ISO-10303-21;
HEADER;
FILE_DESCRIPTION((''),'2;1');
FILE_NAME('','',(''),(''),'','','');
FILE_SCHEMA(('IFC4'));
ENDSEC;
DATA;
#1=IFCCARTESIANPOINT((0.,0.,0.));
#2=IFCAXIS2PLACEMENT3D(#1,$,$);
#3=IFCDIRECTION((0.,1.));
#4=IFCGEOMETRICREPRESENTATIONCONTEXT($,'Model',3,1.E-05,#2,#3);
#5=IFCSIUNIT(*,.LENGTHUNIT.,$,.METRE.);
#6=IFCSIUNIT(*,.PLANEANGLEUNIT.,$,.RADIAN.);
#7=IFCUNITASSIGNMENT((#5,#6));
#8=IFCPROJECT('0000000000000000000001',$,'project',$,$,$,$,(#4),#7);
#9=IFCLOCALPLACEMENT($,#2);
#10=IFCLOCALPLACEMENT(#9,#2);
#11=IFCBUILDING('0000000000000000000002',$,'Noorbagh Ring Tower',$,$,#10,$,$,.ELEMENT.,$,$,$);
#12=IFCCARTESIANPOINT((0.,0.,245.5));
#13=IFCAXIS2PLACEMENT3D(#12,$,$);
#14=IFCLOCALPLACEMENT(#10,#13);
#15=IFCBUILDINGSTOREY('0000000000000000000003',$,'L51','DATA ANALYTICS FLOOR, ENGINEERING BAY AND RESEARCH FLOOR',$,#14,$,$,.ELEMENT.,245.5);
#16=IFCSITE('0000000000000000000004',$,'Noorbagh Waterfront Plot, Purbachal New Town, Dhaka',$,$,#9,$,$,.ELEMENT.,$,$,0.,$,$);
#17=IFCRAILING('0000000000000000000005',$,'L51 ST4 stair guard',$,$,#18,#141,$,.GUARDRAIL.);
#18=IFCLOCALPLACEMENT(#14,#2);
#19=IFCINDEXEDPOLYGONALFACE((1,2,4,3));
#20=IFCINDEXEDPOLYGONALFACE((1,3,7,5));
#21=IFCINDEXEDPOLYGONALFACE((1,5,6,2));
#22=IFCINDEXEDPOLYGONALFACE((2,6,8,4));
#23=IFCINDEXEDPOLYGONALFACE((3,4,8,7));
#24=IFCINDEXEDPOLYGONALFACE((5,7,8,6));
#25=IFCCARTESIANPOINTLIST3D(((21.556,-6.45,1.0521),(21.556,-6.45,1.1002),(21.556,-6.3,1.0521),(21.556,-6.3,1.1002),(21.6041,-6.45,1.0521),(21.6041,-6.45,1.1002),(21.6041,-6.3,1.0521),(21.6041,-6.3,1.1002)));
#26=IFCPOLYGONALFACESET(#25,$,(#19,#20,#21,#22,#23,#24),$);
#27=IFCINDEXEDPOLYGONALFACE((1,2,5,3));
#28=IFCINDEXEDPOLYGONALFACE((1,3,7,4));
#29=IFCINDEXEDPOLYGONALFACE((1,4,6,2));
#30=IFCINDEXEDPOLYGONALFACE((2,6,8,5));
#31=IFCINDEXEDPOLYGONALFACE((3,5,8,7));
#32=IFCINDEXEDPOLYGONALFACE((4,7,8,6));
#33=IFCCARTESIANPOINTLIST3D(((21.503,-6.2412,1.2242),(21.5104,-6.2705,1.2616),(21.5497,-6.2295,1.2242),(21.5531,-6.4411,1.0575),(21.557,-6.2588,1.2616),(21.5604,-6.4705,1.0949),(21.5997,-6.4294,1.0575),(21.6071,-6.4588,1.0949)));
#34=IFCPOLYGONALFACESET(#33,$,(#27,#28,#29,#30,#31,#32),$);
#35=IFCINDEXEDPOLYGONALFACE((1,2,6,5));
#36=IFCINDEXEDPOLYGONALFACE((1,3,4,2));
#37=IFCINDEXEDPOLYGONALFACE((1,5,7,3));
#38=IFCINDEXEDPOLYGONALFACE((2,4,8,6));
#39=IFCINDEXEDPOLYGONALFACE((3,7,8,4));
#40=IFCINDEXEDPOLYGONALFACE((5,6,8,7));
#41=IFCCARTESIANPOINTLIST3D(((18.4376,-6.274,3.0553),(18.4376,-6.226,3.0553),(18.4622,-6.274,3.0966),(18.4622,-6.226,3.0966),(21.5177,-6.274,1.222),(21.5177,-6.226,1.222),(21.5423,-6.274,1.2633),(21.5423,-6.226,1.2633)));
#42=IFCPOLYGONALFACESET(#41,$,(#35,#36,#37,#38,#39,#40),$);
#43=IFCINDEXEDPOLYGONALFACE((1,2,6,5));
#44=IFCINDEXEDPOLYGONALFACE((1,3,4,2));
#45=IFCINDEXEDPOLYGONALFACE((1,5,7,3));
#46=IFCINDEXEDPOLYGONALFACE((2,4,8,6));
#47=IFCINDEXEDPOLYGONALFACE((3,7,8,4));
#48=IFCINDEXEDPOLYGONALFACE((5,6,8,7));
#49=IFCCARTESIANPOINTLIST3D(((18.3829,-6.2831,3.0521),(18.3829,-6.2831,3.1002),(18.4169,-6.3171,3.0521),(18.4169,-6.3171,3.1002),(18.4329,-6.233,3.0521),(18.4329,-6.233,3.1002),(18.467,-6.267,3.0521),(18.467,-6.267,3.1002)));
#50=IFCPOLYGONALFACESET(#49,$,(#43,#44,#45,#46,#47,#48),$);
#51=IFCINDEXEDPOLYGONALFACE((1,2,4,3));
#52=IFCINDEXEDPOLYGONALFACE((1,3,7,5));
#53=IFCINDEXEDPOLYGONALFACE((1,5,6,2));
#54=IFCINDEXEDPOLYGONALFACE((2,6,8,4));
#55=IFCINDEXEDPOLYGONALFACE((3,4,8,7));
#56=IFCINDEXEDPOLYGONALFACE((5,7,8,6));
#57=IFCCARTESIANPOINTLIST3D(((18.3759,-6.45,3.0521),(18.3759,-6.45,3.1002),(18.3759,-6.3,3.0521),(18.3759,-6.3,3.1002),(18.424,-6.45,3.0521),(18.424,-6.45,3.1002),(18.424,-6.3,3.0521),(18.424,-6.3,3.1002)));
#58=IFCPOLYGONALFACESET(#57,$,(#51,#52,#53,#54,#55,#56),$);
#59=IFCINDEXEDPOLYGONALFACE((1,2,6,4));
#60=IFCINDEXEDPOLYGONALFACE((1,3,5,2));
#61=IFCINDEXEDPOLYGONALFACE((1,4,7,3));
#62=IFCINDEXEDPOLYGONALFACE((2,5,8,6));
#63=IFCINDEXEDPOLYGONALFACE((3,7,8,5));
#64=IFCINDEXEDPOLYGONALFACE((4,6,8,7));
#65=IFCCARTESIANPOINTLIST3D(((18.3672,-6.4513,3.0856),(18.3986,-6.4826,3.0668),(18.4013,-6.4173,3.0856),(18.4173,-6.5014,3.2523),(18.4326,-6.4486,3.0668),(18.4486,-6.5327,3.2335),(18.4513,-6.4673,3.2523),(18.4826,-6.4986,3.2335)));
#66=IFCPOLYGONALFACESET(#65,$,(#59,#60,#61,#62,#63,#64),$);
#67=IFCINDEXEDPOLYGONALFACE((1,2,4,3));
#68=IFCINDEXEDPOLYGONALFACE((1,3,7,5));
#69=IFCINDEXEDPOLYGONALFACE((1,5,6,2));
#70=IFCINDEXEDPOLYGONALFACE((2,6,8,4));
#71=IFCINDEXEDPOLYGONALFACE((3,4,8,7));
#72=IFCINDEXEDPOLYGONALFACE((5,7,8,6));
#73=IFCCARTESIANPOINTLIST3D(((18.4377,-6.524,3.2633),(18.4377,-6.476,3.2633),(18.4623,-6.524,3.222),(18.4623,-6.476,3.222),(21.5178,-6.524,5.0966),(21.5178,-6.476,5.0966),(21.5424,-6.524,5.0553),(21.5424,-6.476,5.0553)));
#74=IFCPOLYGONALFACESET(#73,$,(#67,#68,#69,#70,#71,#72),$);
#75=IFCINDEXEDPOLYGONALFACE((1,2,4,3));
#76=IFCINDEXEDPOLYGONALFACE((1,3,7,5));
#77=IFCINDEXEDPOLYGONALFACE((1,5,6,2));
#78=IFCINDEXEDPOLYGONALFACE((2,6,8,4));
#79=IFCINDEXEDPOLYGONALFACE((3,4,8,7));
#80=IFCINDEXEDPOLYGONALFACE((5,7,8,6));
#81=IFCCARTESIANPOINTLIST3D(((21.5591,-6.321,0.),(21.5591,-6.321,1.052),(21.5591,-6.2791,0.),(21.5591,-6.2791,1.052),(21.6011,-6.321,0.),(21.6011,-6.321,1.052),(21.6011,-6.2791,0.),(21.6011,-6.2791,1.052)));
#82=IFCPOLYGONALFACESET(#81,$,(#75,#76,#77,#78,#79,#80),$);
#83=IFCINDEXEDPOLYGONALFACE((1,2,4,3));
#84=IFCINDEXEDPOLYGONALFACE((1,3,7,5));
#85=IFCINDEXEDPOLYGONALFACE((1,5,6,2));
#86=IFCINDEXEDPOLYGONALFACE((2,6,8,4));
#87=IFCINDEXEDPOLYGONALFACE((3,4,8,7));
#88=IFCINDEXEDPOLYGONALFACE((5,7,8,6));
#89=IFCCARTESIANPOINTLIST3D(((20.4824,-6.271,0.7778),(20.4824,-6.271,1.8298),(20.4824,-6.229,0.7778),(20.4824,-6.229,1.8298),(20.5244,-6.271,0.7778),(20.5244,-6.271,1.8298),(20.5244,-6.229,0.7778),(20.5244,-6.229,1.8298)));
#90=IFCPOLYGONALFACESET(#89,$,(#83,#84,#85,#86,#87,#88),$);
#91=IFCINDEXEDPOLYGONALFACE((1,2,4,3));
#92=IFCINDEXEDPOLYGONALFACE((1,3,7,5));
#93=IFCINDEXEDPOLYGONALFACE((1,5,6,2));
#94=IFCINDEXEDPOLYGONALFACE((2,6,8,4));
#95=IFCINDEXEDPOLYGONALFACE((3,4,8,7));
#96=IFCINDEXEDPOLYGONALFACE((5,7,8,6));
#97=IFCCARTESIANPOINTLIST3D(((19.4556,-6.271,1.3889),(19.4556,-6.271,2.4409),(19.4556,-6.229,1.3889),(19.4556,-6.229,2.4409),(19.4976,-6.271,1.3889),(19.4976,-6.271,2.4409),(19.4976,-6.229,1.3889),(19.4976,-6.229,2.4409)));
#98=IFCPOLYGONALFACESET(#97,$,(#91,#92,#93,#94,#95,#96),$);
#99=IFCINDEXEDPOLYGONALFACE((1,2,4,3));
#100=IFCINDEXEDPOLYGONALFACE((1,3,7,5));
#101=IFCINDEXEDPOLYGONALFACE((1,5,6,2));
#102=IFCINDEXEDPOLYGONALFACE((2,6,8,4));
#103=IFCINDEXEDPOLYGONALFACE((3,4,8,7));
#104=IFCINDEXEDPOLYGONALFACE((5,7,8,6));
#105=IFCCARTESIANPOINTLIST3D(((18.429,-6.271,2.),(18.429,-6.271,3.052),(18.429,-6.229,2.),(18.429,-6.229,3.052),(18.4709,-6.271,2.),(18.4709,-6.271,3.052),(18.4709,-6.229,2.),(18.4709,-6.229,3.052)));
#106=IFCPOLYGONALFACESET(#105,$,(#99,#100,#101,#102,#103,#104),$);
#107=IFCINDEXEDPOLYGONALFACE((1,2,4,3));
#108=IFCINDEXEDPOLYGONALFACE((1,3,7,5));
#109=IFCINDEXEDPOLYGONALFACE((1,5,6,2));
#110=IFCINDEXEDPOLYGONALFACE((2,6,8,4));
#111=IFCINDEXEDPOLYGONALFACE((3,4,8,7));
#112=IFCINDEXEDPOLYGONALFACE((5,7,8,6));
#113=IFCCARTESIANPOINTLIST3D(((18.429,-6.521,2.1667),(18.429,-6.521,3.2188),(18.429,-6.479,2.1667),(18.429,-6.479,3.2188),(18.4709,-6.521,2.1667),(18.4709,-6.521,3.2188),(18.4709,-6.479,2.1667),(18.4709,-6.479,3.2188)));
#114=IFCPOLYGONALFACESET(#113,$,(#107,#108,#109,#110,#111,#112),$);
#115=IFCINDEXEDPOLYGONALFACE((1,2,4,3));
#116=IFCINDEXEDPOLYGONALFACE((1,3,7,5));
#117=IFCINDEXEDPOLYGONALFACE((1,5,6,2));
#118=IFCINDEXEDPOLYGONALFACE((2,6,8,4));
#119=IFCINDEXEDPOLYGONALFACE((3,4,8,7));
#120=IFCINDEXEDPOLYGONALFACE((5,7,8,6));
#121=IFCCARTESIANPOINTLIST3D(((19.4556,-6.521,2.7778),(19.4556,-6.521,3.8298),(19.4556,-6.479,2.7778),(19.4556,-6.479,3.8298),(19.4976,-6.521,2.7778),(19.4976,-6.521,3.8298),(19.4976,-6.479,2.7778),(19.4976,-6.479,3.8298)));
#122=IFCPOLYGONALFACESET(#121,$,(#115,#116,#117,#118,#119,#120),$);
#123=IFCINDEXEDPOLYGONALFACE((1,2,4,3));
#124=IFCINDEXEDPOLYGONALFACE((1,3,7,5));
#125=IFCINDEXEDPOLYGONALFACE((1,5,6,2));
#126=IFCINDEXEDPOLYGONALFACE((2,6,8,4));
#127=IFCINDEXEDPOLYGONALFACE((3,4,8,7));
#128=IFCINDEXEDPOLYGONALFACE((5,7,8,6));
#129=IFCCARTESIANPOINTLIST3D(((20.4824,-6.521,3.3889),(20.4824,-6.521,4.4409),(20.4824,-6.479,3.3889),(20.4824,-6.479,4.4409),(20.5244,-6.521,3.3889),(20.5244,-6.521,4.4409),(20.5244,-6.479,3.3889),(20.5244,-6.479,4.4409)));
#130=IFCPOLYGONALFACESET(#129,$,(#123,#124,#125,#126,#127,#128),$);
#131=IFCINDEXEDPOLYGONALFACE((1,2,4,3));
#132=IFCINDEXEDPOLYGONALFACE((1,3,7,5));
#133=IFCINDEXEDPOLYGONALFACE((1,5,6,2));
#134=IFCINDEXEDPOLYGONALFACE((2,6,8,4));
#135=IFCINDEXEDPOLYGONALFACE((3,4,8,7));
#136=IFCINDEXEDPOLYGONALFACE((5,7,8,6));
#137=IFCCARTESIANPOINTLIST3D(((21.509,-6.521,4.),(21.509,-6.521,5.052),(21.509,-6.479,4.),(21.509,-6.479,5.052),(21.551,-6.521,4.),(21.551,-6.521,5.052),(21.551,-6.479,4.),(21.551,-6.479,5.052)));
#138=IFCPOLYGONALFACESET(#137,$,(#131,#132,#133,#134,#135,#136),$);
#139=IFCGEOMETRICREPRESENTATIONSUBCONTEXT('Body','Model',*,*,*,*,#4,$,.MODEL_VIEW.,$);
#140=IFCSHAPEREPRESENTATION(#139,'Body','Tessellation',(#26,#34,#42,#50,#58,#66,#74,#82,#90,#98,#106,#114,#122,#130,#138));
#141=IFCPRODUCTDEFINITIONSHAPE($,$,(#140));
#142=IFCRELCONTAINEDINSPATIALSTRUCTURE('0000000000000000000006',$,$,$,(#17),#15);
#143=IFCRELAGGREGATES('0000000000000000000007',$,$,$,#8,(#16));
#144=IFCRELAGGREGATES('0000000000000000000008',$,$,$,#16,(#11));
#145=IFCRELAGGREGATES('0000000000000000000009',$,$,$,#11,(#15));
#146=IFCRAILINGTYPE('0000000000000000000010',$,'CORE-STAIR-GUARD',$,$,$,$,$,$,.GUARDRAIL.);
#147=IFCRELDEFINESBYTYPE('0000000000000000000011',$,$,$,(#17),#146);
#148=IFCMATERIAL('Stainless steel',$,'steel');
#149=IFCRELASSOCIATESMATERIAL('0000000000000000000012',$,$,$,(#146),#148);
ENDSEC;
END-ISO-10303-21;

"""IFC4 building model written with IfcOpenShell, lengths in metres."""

from ifc_helpers import new_model, si_unit, direction, frame, origin, origin_2d, place, context, subcontext, project, spatial, rectangle, extrude, material, type_object, element, save


model = new_model("IFC4")

# Units and contexts
model_context = context("Model", 3, precision=1e-05, world=origin(), true_north=direction((0.0, 1.0)))
body_context = subcontext(model_context, "Body", "Model", "MODEL_VIEW")
ifc_project = project(units=[si_unit("LENGTHUNIT", "METRE"), si_unit("PLANEANGLEUNIT", "RADIAN")], contexts=[model_context])

# Site, building, storey
site_placement = place(None, origin())
site = spatial("IfcSite", under=ifc_project, at=site_placement, Name="Noorbagh Waterfront Plot, Purbachal New Town, Dhaka", CompositionType="ELEMENT", RefElevation=0.0)
building_placement = place(site_placement, origin())
building = spatial("IfcBuilding", under=site, at=building_placement, Name="Noorbagh Ring Tower", CompositionType="ELEMENT")
storey_placement = place(building_placement, frame((0.0, 0.0, 245.5)))
storey = spatial("IfcBuildingStorey", under=building, at=storey_placement, Name="L51", Description="DATA ANALYTICS FLOOR, ENGINEERING BAY AND RESEARCH FLOOR", CompositionType="ELEMENT", Elevation=245.5)

# Railing
ifc_material_1 = material(Name="Stainless steel", Category="steel")
railing_type_1 = type_object("IfcRailingType", Name="CORE-STAIR-GUARD", PredefinedType="GUARDRAIL", material=ifc_material_1)
railing_1_placement = place(storey_placement, frame((21.5801, -6.3, 0.0)))
element("IfcRailing", 1, at=railing_1_placement, inside=storey, type_object=railing_type_1, Name="L51 ST4 stair guard", PredefinedType="GUARDRAIL", context=body_context, shape_type="SweptSolid", body=[
    extrude(rectangle(XDim=0.0481, YDim=0.0481, at=origin_2d()), frame((0.0, 0.0, 1.0762), z_axis=(0.0, -1.0, 0.0), x_axis=(1.0, 0.0, 0.0)), (0.0, 0.0, 1.0), 0.1499),
    extrude(rectangle(XDim=0.0481, YDim=0.0481, at=origin_2d()), frame((0.0, -0.1499, 1.0762), z_axis=(-0.188776, 0.754182, 0.628946), x_axis=(-0.970073, -0.242814, 0.0)), (0.0, 0.0, 1.0), 0.2651),
    extrude(rectangle(XDim=0.0481, YDim=0.0481, at=origin_2d()), frame((-0.05, 0.05, 1.2427), z_axis=(-0.859309, 0.0, 0.511458), x_axis=(0.0, -1.0, 0.0)), (0.0, 0.0, 1.0), 3.5845),
    extrude(rectangle(XDim=0.0481, YDim=0.0481, at=origin_2d()), frame((-3.1301, 0.05, 3.0762), z_axis=(-0.707107, -0.707107, 0.0), x_axis=(0.707107, -0.707107, 0.0)), (0.0, 0.0, 1.0), 0.0708),
    extrude(rectangle(XDim=0.0481, YDim=0.0481, at=origin_2d()), frame((-3.1802, 0.0, 3.0762), z_axis=(0.0, -1.0, 0.0), x_axis=(1.0, 0.0, 0.0)), (0.0, 0.0, 1.0), 0.1499),
    extrude(rectangle(XDim=0.0481, YDim=0.0481, at=origin_2d()), frame((-3.1802, -0.1499, 3.0762), z_axis=(0.276287, -0.276287, 0.920506), x_axis=(0.707107, 0.707107, 0.0)), (0.0, 0.0, 1.0), 0.1812),
    extrude(rectangle(XDim=0.0481, YDim=0.0481, at=origin_2d()), frame((-3.1301, -0.2, 3.2427), z_axis=(0.859309, 0.0, 0.511458), x_axis=(0.0, 1.0, 0.0)), (0.0, 0.0, 1.0), 3.5845),
    extrude(rectangle(XDim=0.042, YDim=0.042, at=origin_2d()), origin(), (0.0, 0.0, 1.0), 1.052),
    extrude(rectangle(XDim=0.042, YDim=0.042, at=origin_2d()), frame((-1.0767, 0.05, 0.7778)), (0.0, 0.0, 1.0), 1.052),
    extrude(rectangle(XDim=0.042, YDim=0.042, at=origin_2d()), frame((-2.1035, 0.05, 1.3889)), (0.0, 0.0, 1.0), 1.052),
    extrude(rectangle(XDim=0.042, YDim=0.042, at=origin_2d()), frame((-3.1301, 0.05, 2.0)), (0.0, 0.0, 1.0), 1.052),
    extrude(rectangle(XDim=0.042, YDim=0.042, at=origin_2d()), frame((-3.1301, -0.2, 2.1667)), (0.0, 0.0, 1.0), 1.052),
    extrude(rectangle(XDim=0.042, YDim=0.042, at=origin_2d()), frame((-2.1035, -0.2, 2.7778)), (0.0, 0.0, 1.0), 1.052),
    extrude(rectangle(XDim=0.042, YDim=0.042, at=origin_2d()), frame((-1.0767, -0.2, 3.3889)), (0.0, 0.0, 1.0), 1.052),
    extrude(rectangle(XDim=0.042, YDim=0.042, at=origin_2d()), frame((-0.05, -0.2, 4.0)), (0.0, 0.0, 1.0), 1.052),
])

save(model, "model.ifc")
